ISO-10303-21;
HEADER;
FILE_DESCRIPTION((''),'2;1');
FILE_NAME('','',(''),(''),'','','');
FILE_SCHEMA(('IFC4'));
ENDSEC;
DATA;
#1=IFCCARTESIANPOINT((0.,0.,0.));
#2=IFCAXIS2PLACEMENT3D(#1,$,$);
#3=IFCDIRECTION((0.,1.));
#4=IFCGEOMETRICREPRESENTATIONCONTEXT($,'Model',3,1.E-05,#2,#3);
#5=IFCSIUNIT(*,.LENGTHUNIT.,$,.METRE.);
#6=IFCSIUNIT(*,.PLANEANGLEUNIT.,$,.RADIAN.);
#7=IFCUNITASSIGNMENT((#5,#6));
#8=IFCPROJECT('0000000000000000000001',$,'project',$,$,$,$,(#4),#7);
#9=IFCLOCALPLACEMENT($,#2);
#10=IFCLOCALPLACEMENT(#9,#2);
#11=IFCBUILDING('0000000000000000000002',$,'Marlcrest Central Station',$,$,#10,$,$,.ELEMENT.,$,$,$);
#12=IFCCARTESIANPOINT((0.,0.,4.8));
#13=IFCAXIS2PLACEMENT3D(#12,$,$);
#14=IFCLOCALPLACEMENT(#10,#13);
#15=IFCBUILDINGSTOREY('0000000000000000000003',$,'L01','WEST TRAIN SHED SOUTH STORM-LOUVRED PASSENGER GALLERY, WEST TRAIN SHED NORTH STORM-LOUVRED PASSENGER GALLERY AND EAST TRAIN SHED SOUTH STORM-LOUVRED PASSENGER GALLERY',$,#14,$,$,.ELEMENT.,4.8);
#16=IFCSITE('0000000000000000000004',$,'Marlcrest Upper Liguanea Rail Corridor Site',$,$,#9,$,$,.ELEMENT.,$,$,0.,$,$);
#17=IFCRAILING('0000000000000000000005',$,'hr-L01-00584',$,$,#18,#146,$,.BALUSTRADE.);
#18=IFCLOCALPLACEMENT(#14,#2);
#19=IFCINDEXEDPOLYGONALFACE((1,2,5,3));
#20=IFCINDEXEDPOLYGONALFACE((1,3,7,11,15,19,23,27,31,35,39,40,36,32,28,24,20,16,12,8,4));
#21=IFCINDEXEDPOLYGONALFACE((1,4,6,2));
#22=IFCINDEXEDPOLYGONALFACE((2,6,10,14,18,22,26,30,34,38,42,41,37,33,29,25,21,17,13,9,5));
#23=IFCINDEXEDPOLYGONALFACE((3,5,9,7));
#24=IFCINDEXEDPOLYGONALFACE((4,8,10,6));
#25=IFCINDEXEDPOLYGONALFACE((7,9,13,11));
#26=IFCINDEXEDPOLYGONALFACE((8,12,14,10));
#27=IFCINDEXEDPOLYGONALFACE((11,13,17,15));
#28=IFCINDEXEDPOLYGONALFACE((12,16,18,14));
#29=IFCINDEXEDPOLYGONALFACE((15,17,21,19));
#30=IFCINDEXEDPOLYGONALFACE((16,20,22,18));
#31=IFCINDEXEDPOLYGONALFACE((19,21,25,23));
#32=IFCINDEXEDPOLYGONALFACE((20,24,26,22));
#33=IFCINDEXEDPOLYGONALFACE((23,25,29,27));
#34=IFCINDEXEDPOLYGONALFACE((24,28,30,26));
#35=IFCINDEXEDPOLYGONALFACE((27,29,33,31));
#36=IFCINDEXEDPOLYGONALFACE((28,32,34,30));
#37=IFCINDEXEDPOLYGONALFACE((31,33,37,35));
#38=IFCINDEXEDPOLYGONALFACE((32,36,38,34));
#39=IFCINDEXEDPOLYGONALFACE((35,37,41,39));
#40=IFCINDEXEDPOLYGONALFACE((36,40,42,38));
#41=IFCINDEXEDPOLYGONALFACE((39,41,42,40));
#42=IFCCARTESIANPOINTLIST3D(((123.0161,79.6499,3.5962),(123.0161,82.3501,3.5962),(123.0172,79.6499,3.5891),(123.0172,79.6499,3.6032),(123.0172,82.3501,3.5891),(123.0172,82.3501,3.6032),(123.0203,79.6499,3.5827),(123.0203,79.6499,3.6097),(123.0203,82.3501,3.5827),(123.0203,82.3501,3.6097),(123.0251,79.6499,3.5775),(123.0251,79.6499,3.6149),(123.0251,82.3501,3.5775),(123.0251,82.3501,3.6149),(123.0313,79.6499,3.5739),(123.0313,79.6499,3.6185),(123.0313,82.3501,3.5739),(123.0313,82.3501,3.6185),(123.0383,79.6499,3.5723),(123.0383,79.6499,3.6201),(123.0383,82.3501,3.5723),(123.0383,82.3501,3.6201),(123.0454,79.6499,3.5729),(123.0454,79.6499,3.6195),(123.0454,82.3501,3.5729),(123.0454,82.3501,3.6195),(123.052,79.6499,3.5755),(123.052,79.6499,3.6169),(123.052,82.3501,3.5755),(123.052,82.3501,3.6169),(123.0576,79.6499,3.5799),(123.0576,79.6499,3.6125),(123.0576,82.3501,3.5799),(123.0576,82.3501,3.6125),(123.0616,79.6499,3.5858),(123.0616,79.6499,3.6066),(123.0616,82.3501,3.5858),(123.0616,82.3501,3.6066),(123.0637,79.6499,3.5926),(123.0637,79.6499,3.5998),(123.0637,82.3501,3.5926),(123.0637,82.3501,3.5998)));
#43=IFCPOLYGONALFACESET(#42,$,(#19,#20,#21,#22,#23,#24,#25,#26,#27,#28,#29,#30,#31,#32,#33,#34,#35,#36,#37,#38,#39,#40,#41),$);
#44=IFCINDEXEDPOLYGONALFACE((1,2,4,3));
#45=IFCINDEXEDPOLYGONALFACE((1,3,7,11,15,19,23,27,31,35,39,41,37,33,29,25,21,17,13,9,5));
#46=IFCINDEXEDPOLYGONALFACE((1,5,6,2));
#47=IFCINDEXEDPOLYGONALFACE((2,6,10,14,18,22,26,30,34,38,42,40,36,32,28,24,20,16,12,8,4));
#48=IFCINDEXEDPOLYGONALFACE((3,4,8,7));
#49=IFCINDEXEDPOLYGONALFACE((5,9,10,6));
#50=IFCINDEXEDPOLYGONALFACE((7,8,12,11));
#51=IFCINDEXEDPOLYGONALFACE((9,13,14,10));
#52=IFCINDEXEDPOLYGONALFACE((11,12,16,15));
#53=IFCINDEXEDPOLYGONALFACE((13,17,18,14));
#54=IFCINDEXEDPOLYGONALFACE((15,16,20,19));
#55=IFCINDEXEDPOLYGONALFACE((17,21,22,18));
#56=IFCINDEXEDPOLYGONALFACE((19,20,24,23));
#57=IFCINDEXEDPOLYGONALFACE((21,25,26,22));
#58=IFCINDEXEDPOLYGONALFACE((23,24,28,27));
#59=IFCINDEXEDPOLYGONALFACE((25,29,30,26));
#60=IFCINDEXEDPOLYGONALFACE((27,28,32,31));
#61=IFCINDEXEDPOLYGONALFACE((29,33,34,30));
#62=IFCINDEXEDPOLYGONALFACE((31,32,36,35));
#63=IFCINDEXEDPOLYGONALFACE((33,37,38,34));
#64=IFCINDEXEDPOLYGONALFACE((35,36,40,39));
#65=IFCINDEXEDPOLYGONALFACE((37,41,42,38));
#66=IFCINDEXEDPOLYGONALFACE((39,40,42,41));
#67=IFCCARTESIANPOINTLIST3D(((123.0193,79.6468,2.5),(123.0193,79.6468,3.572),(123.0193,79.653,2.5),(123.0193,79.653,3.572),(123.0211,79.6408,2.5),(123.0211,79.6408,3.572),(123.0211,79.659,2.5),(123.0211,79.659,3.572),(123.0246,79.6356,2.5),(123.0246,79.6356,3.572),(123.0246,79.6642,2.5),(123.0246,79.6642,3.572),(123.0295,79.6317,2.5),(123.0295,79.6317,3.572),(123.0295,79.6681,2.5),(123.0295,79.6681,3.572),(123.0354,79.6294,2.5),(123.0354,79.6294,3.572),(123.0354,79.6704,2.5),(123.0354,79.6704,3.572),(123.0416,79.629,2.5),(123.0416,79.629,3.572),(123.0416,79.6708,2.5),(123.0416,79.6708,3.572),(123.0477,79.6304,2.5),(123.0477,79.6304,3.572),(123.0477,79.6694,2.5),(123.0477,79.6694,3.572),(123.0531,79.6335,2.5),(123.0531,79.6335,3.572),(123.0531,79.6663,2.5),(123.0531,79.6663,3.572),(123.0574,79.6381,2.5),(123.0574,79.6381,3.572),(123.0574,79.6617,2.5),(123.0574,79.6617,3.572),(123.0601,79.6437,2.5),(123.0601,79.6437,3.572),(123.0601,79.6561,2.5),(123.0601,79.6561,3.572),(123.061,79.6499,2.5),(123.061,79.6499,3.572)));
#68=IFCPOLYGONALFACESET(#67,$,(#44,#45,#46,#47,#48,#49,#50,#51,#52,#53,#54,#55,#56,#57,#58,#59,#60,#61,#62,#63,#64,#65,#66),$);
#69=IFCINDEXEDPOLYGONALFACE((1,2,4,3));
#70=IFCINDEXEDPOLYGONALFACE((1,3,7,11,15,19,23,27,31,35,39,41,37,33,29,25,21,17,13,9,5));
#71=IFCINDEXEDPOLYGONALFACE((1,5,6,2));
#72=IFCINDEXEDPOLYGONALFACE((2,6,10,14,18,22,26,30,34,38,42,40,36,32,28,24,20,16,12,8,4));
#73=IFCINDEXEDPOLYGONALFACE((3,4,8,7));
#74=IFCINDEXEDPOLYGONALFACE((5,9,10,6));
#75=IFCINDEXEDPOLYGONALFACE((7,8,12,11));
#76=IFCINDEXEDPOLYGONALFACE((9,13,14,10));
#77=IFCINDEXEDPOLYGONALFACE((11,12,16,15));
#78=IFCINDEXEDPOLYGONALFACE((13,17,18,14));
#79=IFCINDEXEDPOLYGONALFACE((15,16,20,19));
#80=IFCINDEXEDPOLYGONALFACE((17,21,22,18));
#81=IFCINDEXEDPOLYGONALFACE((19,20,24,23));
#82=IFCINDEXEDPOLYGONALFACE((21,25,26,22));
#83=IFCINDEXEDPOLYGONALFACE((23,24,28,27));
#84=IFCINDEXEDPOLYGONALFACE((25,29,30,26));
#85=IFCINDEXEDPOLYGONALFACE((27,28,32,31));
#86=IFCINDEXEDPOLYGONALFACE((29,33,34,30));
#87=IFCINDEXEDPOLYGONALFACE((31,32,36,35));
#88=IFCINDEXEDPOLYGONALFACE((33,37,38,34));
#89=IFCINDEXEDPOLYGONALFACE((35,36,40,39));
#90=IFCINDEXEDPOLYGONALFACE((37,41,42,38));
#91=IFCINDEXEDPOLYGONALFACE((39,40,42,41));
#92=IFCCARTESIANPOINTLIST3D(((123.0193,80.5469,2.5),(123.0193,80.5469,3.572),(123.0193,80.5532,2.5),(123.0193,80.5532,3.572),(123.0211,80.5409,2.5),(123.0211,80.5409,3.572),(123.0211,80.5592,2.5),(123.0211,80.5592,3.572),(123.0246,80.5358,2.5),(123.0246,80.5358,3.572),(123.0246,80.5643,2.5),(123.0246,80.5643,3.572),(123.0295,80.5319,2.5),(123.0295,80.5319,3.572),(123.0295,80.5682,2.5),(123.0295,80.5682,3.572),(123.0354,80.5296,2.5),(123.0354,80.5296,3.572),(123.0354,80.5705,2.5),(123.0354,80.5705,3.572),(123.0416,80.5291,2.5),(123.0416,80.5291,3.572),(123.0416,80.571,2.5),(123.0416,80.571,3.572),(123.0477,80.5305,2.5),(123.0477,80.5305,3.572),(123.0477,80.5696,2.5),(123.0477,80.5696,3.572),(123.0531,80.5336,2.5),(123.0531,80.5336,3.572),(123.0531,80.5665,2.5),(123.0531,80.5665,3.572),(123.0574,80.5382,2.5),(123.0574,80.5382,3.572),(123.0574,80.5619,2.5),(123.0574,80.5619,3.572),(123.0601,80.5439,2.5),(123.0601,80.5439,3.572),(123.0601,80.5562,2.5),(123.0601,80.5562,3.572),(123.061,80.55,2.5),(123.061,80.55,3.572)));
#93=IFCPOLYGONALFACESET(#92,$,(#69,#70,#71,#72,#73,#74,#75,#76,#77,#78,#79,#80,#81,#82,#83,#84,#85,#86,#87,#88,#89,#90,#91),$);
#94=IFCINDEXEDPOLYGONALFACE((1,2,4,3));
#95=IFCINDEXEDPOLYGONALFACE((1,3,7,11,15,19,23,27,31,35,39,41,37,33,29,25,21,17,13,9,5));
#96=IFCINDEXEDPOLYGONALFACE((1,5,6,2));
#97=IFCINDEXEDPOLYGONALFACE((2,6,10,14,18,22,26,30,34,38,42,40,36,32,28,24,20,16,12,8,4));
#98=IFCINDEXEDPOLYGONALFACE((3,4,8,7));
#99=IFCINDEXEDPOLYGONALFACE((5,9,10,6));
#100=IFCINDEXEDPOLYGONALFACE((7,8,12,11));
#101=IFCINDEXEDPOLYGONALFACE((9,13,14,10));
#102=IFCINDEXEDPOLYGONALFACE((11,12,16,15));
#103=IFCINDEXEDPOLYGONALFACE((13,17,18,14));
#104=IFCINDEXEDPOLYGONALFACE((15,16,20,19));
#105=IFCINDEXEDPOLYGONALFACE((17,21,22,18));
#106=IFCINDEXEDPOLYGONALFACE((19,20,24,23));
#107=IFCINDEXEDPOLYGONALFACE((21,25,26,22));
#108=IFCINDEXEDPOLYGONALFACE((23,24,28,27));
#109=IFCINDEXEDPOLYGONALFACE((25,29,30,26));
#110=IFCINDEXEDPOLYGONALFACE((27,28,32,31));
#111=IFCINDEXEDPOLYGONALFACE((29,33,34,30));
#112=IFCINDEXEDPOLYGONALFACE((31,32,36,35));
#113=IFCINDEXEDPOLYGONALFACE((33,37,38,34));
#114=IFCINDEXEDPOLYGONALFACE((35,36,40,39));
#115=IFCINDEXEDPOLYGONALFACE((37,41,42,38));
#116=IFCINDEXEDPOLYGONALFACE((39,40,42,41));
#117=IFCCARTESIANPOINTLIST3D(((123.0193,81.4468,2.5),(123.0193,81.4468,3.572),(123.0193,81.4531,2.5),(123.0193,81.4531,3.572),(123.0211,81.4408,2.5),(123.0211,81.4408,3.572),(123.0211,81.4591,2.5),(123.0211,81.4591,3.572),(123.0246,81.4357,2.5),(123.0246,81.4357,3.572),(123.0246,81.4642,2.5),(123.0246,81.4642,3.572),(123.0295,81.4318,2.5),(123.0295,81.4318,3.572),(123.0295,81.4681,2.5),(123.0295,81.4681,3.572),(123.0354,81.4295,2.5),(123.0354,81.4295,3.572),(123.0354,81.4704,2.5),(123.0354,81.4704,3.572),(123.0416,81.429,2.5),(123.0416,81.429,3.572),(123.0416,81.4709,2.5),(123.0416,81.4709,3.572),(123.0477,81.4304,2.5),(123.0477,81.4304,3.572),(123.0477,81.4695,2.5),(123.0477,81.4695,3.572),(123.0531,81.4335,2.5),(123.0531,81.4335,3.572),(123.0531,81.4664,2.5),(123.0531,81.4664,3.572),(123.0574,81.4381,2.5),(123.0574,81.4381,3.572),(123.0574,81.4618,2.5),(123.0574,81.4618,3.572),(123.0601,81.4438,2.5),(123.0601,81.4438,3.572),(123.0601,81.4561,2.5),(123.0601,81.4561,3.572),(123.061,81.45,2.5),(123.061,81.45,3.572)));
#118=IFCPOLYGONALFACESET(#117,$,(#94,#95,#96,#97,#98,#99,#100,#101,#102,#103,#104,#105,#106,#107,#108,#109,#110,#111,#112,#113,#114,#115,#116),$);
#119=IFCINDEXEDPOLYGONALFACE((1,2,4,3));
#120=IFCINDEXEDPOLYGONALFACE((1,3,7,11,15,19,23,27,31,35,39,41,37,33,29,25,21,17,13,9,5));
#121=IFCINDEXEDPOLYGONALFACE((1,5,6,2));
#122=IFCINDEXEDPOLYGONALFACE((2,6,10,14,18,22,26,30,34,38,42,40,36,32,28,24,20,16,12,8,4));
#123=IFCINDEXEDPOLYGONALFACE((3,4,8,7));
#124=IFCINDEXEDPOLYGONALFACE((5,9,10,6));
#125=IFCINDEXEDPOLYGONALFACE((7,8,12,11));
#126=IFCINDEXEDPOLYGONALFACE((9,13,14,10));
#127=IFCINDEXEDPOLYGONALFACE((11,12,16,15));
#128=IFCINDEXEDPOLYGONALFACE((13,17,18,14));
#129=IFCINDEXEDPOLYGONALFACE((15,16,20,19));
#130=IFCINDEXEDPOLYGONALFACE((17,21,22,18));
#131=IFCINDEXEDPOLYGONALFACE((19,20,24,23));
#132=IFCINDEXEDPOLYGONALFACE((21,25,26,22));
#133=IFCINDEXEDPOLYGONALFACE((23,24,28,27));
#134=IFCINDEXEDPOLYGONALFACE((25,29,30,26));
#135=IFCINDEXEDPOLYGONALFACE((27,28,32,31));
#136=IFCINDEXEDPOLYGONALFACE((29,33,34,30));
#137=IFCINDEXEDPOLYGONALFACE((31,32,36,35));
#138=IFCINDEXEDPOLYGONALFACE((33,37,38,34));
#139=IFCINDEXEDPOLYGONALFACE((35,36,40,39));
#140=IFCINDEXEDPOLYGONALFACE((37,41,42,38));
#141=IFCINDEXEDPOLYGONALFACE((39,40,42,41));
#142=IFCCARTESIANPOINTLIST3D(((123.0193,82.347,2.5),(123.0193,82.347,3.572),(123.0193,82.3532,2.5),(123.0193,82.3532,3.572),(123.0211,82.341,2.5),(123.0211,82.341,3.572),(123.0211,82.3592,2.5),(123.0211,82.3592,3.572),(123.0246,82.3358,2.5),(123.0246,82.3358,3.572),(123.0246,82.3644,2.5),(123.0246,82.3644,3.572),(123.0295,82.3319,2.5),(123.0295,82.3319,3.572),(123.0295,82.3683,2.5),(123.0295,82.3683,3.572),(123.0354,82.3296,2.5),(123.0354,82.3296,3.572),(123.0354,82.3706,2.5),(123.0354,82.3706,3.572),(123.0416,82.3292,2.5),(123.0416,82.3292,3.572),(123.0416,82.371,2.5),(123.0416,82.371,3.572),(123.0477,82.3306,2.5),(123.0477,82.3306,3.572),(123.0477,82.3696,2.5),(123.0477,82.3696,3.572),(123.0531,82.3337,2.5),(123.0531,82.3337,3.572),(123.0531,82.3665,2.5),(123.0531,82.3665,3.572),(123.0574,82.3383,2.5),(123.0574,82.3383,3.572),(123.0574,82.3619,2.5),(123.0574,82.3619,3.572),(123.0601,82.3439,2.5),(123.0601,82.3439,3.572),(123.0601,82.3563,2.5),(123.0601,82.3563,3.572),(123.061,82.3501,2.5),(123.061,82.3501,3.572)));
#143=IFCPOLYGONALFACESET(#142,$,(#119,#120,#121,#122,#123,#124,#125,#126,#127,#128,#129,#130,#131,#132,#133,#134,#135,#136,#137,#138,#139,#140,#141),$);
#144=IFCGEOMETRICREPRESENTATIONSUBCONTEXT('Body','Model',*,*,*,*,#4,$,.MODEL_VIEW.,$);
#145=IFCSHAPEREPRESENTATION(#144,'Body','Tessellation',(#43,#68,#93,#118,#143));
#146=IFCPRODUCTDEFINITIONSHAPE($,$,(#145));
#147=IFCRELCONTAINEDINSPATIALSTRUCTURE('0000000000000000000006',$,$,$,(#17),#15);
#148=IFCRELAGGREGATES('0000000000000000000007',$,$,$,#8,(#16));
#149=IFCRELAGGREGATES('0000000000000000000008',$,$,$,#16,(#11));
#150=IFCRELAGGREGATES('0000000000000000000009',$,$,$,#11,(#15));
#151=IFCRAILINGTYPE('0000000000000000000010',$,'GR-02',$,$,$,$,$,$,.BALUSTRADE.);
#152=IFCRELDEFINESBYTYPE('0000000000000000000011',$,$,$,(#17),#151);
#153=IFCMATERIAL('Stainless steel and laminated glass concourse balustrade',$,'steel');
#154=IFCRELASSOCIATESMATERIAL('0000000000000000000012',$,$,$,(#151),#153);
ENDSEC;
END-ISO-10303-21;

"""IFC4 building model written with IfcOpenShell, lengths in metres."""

from ifc_helpers import new_model, si_unit, direction, frame, origin, origin_2d, place, context, subcontext, project, spatial, circle, extrude, material, type_object, element, save


model = new_model("IFC4")

# Units and contexts
model_context = context("Model", 3, precision=1e-05, world=origin(), true_north=direction((0.0, 1.0)))
body_context = subcontext(model_context, "Body", "Model", "MODEL_VIEW")
ifc_project = project(units=[si_unit("LENGTHUNIT", "METRE"), si_unit("PLANEANGLEUNIT", "RADIAN")], contexts=[model_context])

# Site, building, storey
site_placement = place(None, origin())
site = spatial("IfcSite", under=ifc_project, at=site_placement, Name="Marlcrest Upper Liguanea Rail Corridor Site", CompositionType="ELEMENT", RefElevation=0.0)
building_placement = place(site_placement, origin())
building = spatial("IfcBuilding", under=site, at=building_placement, Name="Marlcrest Central Station", CompositionType="ELEMENT")
storey_placement = place(building_placement, frame((0.0, 0.0, 4.8)))
storey = spatial("IfcBuildingStorey", under=building, at=storey_placement, Name="L01", Description="WEST TRAIN SHED SOUTH STORM-LOUVRED PASSENGER GALLERY, WEST TRAIN SHED NORTH STORM-LOUVRED PASSENGER GALLERY AND EAST TRAIN SHED SOUTH STORM-LOUVRED PASSENGER GALLERY", CompositionType="ELEMENT", Elevation=4.8)

# Railing
ifc_material_1 = material(Name="Stainless steel and laminated glass concourse balustrade", Category="steel")
railing_type_1 = type_object("IfcRailingType", Name="GR-02", PredefinedType="BALUSTRADE", material=ifc_material_1)
railing_1_placement = place(storey_placement, frame((123.04, 79.6499, 2.5)))
element("IfcRailing", 1, at=railing_1_placement, inside=storey, type_object=railing_type_1, Name="hr-L01-00584", PredefinedType="BALUSTRADE", context=body_context, shape_type="SweptSolid", body=[
    extrude(circle(Radius=0.0239, at=origin_2d()), frame((0.0, 0.0, 1.0962), z_axis=(0.0, 1.0, 0.0), x_axis=(-1.0, 0.0, 0.0)), (0.0, 0.0, 1.0), 2.7002),
    extrude(circle(Radius=0.021, at=origin_2d()), origin(), (0.0, 0.0, 1.0), 1.072),
    extrude(circle(Radius=0.021, at=origin_2d()), frame((0.0, 0.9001, 0.0)), (0.0, 0.0, 1.0), 1.072),
    extrude(circle(Radius=0.021, at=origin_2d()), frame((0.0, 1.8, 0.0)), (0.0, 0.0, 1.0), 1.072),
    extrude(circle(Radius=0.021, at=origin_2d()), frame((0.0, 2.7002, 0.0)), (0.0, 0.0, 1.0), 1.072),
])

save(model, "model.ifc")
